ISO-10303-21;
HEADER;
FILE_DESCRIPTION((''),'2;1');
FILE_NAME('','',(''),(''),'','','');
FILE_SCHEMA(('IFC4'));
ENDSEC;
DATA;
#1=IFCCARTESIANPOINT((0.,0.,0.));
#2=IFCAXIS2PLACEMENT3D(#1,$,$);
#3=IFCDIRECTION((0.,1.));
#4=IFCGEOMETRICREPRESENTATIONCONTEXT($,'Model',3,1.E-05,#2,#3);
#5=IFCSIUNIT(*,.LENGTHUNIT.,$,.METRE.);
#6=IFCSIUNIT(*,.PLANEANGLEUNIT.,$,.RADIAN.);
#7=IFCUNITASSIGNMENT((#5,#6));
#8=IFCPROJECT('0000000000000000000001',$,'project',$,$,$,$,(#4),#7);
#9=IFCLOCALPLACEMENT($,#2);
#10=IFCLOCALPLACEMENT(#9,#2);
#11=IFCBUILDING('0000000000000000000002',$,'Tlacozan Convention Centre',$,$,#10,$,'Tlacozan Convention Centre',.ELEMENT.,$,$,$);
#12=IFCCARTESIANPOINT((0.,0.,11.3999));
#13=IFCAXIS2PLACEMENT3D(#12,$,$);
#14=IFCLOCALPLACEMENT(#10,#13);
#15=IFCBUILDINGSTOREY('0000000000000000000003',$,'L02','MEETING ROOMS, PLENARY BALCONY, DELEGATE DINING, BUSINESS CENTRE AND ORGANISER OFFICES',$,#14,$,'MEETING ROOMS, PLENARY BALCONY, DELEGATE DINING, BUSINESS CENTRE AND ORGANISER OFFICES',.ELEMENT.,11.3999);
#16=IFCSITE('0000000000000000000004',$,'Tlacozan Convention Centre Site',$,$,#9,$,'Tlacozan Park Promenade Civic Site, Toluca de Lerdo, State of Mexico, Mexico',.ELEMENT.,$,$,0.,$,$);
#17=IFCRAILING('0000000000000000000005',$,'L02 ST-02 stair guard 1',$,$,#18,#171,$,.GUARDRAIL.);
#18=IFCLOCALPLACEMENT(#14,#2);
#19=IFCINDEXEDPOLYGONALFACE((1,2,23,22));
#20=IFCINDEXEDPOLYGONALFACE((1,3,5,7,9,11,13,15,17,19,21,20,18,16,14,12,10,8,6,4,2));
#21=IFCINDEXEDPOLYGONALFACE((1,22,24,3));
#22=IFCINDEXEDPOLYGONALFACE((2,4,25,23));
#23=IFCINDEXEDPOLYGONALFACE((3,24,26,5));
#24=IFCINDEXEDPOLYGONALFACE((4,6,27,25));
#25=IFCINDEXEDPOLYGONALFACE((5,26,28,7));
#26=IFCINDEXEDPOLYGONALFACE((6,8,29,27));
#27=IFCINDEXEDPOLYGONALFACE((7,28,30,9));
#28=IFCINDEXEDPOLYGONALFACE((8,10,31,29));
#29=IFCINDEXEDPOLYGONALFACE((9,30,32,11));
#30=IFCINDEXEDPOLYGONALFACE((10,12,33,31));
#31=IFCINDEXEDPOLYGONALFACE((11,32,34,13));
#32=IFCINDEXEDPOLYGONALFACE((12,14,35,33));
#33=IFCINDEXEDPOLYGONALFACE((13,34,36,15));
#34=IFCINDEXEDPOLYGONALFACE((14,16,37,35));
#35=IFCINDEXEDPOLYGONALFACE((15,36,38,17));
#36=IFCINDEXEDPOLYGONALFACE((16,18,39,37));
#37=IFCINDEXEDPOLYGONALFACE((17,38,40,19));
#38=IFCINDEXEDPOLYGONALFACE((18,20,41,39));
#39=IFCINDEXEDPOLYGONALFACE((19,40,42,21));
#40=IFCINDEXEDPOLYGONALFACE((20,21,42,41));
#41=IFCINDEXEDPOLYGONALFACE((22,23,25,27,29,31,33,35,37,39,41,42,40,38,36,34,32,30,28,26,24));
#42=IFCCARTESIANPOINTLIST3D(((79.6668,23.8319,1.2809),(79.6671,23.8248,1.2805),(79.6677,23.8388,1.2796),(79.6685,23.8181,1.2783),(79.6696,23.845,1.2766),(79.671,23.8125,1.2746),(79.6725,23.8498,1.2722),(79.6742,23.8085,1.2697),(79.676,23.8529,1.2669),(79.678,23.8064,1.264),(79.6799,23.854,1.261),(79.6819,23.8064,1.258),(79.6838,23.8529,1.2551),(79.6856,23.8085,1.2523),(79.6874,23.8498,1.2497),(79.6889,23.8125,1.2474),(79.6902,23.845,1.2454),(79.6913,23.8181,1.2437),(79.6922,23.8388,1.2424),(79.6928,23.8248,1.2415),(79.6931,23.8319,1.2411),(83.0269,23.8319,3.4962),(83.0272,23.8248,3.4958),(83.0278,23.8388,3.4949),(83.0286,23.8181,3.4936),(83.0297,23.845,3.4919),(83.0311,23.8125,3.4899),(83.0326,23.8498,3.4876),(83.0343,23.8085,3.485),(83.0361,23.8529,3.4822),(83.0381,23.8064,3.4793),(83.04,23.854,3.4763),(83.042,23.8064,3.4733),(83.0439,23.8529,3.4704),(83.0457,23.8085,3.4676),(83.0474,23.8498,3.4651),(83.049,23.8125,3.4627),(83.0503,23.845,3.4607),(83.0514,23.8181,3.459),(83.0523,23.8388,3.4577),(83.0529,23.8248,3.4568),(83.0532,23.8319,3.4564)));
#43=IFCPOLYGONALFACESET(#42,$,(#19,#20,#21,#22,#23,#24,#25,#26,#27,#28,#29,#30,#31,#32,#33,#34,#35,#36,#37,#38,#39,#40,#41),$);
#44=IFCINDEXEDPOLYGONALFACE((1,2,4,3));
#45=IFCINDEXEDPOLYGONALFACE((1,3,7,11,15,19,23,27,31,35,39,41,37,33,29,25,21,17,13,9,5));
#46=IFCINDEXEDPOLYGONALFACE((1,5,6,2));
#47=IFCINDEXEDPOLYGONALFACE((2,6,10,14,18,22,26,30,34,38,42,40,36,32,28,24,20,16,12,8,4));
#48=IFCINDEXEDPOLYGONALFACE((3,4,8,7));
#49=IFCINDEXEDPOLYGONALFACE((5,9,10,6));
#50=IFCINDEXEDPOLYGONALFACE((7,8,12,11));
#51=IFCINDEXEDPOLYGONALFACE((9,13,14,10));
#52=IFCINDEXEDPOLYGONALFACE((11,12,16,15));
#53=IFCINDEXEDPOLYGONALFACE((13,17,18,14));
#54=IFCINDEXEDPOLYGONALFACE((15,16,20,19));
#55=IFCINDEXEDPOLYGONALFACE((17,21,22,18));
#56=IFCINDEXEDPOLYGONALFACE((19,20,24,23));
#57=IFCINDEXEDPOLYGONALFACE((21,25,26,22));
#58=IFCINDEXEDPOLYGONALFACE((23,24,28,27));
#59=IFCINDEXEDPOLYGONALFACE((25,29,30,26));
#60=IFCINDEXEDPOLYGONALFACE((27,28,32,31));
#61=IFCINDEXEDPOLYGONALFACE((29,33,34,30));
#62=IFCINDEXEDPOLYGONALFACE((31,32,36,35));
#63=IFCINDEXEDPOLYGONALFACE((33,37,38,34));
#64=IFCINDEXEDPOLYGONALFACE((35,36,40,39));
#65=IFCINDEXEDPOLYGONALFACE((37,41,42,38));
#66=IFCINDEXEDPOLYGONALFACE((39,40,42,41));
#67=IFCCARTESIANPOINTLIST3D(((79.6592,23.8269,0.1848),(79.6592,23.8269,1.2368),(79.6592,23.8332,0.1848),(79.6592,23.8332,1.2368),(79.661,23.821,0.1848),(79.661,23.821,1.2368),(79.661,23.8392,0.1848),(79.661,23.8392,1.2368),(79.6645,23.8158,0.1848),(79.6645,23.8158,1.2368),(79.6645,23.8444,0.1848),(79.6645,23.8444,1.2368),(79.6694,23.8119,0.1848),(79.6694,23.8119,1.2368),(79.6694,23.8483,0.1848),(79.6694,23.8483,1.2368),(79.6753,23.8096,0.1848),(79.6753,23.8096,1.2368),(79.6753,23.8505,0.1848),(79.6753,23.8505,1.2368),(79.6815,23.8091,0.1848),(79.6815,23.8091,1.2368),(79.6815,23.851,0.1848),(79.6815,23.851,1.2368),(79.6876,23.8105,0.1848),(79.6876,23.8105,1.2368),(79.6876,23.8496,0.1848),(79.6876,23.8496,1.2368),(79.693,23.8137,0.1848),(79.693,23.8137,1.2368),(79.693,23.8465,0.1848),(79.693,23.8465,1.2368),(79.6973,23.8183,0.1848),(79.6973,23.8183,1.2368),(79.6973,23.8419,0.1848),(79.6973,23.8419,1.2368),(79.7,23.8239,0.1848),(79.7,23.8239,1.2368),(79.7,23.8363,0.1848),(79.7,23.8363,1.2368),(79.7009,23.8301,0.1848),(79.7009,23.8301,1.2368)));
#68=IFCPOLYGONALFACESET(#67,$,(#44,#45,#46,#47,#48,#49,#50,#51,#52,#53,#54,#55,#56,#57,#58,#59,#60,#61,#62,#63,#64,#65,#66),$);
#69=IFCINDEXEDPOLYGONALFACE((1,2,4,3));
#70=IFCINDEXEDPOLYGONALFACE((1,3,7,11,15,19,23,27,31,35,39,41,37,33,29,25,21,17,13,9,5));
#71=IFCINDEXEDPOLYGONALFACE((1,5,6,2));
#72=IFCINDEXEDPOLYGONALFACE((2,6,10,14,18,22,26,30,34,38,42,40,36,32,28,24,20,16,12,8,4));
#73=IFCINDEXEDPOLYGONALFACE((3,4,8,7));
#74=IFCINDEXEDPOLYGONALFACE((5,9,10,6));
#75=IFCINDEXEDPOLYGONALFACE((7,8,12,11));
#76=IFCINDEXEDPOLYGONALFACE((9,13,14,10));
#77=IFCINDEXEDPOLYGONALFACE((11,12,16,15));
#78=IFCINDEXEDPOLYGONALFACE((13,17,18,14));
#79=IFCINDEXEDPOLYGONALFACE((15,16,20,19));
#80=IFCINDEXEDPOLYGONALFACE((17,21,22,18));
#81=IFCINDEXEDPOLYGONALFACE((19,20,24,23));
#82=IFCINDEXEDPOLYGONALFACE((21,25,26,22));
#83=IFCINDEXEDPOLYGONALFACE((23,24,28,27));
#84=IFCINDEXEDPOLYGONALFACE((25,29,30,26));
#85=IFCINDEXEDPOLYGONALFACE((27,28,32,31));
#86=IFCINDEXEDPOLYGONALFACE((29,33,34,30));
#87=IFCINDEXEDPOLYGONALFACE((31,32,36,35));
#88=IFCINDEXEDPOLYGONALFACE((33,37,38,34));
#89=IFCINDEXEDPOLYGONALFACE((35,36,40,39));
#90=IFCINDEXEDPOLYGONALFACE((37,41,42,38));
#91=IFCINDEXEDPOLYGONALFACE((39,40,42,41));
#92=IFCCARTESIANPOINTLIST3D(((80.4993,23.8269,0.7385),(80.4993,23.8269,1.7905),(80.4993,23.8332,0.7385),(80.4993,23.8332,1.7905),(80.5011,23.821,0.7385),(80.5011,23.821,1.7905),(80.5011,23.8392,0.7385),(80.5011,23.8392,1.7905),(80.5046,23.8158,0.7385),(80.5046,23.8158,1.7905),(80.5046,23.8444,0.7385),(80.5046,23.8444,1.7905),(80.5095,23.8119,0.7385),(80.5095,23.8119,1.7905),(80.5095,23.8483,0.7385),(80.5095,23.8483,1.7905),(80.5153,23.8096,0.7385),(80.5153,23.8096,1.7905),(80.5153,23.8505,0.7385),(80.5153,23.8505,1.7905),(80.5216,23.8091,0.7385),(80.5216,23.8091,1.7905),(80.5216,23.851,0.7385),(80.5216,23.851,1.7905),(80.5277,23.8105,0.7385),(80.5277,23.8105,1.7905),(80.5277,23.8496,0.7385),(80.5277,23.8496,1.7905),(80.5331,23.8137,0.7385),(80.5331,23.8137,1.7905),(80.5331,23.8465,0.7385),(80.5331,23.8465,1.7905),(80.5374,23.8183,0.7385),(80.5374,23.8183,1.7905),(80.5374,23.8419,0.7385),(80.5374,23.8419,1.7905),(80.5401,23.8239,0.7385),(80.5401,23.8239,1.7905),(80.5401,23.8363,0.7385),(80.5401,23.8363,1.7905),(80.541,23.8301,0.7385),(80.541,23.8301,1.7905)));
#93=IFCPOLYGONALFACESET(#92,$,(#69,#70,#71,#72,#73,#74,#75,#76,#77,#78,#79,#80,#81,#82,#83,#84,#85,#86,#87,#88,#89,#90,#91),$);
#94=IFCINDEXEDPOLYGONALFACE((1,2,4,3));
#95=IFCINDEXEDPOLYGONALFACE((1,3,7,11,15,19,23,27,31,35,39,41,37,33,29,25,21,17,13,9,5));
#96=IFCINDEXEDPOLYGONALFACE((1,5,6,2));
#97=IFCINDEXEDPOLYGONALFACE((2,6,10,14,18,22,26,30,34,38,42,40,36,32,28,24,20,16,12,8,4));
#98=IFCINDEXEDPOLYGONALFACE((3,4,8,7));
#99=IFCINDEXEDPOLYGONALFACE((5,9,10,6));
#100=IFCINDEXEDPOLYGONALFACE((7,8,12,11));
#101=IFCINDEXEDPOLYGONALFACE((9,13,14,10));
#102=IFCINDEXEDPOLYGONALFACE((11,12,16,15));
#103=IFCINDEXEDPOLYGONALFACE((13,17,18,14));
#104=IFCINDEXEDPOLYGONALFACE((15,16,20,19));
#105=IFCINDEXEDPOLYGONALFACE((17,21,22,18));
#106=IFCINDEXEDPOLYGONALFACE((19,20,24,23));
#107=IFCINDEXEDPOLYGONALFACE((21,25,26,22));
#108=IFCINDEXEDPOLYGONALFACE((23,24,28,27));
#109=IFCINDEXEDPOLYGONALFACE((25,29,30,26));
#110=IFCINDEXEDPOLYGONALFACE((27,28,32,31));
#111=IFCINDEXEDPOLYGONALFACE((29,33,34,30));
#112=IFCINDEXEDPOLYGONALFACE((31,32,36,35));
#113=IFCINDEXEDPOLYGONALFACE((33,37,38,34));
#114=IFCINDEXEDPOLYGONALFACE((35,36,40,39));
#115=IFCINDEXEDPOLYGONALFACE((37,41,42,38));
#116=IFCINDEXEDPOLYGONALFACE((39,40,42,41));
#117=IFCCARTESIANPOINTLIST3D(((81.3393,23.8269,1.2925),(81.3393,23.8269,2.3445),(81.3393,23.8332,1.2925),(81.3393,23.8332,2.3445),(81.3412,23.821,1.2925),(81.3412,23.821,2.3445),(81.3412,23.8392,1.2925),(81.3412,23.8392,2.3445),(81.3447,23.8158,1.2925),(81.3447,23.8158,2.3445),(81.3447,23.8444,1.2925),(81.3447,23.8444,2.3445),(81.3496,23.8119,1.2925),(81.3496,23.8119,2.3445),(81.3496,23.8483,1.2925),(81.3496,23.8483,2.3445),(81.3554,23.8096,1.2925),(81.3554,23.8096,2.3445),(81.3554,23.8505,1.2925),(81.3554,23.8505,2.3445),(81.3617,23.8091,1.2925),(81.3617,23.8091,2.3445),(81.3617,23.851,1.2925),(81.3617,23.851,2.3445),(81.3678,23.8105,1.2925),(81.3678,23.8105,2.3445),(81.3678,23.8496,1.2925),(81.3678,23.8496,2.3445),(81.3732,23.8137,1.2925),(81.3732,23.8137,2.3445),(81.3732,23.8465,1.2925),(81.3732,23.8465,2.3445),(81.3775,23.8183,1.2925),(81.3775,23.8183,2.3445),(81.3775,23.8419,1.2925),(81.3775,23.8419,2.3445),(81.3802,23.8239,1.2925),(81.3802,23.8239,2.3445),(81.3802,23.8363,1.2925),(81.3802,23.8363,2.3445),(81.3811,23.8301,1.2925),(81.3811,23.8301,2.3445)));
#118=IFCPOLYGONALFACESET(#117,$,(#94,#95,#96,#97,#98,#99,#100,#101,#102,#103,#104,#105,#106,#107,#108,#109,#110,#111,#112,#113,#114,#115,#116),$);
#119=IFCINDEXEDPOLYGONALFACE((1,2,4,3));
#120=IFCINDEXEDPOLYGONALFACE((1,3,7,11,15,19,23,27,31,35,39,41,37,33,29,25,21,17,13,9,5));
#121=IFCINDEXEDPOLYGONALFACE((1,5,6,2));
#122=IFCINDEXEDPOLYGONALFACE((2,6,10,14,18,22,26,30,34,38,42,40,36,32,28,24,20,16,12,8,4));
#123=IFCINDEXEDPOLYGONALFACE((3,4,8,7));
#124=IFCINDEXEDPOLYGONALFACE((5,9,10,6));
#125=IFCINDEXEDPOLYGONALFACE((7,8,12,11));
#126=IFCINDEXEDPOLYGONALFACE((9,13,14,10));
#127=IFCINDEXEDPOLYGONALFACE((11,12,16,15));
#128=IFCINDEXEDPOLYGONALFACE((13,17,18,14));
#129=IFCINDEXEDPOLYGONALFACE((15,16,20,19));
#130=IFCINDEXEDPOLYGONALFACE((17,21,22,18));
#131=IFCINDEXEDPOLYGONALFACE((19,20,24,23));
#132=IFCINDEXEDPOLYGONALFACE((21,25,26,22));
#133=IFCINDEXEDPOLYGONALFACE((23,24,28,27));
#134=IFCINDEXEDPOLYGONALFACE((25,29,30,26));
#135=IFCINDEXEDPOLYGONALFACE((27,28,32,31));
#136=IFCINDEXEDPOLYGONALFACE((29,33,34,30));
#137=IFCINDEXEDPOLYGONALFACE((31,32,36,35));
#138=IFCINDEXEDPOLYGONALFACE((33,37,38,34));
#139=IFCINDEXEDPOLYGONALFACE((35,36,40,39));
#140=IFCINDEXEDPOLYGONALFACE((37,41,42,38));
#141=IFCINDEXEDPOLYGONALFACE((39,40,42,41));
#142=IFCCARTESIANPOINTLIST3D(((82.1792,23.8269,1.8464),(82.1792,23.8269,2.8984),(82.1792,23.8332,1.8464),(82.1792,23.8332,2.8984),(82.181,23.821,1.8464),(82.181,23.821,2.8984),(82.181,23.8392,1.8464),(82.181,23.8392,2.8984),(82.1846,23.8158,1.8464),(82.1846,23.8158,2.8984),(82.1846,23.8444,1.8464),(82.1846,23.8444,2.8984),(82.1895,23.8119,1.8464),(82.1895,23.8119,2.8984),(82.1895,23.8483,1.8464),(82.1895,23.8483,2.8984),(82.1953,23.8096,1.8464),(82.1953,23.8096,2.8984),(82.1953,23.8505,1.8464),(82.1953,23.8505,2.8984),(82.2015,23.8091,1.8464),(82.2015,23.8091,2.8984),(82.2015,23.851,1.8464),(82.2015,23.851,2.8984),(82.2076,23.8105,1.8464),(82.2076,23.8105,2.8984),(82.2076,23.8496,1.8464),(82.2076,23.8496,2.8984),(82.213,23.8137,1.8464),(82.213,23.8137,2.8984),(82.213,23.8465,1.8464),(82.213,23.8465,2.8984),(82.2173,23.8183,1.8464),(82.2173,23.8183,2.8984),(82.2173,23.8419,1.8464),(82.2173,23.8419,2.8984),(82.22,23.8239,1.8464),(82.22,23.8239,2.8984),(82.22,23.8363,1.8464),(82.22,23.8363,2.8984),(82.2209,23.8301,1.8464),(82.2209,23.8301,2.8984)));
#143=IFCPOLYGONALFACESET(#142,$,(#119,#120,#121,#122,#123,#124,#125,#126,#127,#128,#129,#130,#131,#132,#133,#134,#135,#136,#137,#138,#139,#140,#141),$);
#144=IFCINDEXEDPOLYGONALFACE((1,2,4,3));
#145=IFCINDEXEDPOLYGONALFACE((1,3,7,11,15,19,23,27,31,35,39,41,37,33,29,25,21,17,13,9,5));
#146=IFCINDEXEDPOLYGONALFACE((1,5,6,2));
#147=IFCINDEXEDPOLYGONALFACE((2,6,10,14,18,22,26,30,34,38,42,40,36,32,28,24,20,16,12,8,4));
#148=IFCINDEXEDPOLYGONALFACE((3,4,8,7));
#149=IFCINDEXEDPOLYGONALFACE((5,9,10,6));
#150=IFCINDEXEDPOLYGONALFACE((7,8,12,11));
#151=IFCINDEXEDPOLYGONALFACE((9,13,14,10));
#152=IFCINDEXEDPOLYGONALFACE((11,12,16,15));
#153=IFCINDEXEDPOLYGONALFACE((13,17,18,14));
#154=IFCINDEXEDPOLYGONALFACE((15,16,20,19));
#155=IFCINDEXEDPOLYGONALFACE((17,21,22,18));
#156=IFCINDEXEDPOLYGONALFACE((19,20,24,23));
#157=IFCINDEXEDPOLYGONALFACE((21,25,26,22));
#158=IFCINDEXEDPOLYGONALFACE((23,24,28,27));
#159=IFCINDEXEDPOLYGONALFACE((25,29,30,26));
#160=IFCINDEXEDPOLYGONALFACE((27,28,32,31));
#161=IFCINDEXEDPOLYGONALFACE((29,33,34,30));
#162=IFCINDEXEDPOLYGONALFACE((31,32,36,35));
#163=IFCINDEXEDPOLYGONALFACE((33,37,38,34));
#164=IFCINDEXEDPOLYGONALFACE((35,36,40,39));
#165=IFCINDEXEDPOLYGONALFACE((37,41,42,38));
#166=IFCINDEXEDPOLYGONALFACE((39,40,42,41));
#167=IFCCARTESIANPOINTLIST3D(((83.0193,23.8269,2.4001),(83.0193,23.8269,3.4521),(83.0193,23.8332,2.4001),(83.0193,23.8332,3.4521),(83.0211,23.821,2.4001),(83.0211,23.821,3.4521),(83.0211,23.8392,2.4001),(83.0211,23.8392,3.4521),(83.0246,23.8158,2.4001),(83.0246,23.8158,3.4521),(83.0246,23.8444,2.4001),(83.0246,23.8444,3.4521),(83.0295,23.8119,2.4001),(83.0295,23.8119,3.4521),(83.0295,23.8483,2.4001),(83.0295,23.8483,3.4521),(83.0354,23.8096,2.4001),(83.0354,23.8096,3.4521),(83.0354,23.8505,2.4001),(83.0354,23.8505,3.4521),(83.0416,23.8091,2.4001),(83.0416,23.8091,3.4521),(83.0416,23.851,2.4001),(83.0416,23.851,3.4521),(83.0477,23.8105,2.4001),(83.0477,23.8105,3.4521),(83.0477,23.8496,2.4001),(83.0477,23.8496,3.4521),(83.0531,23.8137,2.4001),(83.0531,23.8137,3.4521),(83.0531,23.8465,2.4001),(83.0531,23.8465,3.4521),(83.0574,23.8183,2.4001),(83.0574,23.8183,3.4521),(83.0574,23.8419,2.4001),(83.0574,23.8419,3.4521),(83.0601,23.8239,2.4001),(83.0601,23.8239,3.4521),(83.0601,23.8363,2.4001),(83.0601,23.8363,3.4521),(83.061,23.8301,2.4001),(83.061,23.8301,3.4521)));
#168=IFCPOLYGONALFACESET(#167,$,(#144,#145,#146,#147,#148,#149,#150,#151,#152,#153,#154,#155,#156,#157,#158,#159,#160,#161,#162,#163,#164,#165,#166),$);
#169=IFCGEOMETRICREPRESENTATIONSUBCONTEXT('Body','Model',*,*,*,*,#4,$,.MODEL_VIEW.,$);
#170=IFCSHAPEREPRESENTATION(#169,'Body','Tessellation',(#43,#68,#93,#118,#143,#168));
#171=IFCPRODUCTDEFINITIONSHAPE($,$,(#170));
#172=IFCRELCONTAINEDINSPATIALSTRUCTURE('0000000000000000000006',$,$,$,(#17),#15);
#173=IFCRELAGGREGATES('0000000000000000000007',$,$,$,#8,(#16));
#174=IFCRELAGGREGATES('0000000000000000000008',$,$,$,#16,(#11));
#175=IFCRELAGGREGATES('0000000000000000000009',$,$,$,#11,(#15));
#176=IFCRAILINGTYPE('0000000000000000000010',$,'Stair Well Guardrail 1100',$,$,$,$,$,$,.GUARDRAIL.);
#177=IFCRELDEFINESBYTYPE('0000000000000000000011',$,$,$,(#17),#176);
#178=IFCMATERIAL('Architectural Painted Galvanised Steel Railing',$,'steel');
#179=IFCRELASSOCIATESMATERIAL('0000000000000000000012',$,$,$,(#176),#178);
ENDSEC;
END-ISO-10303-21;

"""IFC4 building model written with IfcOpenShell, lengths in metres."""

from ifc_helpers import new_model, si_unit, direction, frame, origin, origin_2d, place, context, subcontext, project, spatial, circle, extrude, material, type_object, element, save


model = new_model("IFC4")

# Units and contexts
model_context = context("Model", 3, precision=1e-05, world=origin(), true_north=direction((0.0, 1.0)))
body_context = subcontext(model_context, "Body", "Model", "MODEL_VIEW")
ifc_project = project(units=[si_unit("LENGTHUNIT", "METRE"), si_unit("PLANEANGLEUNIT", "RADIAN")], contexts=[model_context])

# Site, building, storey
site_placement = place(None, origin())
site = spatial("IfcSite", under=ifc_project, at=site_placement, Name="Tlacozan Convention Centre Site", LongName="Tlacozan Park Promenade Civic Site, Toluca de Lerdo, State of Mexico, Mexico", CompositionType="ELEMENT", RefElevation=0.0)
building_placement = place(site_placement, origin())
building = spatial("IfcBuilding", under=site, at=building_placement, Name="Tlacozan Convention Centre", LongName="Tlacozan Convention Centre", CompositionType="ELEMENT")
storey_placement = place(building_placement, frame((0.0, 0.0, 11.3999)))
storey = spatial("IfcBuildingStorey", under=building, at=storey_placement, Name="L02", Description="MEETING ROOMS, PLENARY BALCONY, DELEGATE DINING, BUSINESS CENTRE AND ORGANISER OFFICES", LongName="MEETING ROOMS, PLENARY BALCONY, DELEGATE DINING, BUSINESS CENTRE AND ORGANISER OFFICES", CompositionType="ELEMENT", Elevation=11.3999)

# Railing
ifc_material_1 = material(Name="Architectural Painted Galvanised Steel Railing", Category="steel")
railing_type_1 = type_object("IfcRailingType", Name="Stair Well Guardrail 1100", PredefinedType="GUARDRAIL", material=ifc_material_1)
railing_1_placement = place(storey_placement, frame((79.6799, 23.8301, 0.1848)))
element("IfcRailing", 1, at=railing_1_placement, inside=storey, type_object=railing_type_1, Name="L02 ST-02 stair guard 1", PredefinedType="GUARDRAIL", context=body_context, shape_type="SweptSolid", body=[
    extrude(circle(Radius=0.0239, at=origin_2d()), frame((0.0, 0.0, 1.0762), z_axis=(0.834876, 0.0, 0.550437), x_axis=(0.0, 1.0, 0.0)), (0.0, 0.0, 1.0), 4.0247),
    extrude(circle(Radius=0.021, at=origin_2d()), origin(), (0.0, 0.0, 1.0), 1.052),
    extrude(circle(Radius=0.021, at=origin_2d()), frame((0.8401, 0.0, 0.5537)), (0.0, 0.0, 1.0), 1.052),
    extrude(circle(Radius=0.021, at=origin_2d()), frame((1.6802, 0.0, 1.1077)), (0.0, 0.0, 1.0), 1.052),
    extrude(circle(Radius=0.021, at=origin_2d()), frame((2.52, 0.0, 1.6616)), (0.0, 0.0, 1.0), 1.052),
    extrude(circle(Radius=0.021, at=origin_2d()), frame((3.3601, 0.0, 2.2153)), (0.0, 0.0, 1.0), 1.052),
])

save(model, "model.ifc")
